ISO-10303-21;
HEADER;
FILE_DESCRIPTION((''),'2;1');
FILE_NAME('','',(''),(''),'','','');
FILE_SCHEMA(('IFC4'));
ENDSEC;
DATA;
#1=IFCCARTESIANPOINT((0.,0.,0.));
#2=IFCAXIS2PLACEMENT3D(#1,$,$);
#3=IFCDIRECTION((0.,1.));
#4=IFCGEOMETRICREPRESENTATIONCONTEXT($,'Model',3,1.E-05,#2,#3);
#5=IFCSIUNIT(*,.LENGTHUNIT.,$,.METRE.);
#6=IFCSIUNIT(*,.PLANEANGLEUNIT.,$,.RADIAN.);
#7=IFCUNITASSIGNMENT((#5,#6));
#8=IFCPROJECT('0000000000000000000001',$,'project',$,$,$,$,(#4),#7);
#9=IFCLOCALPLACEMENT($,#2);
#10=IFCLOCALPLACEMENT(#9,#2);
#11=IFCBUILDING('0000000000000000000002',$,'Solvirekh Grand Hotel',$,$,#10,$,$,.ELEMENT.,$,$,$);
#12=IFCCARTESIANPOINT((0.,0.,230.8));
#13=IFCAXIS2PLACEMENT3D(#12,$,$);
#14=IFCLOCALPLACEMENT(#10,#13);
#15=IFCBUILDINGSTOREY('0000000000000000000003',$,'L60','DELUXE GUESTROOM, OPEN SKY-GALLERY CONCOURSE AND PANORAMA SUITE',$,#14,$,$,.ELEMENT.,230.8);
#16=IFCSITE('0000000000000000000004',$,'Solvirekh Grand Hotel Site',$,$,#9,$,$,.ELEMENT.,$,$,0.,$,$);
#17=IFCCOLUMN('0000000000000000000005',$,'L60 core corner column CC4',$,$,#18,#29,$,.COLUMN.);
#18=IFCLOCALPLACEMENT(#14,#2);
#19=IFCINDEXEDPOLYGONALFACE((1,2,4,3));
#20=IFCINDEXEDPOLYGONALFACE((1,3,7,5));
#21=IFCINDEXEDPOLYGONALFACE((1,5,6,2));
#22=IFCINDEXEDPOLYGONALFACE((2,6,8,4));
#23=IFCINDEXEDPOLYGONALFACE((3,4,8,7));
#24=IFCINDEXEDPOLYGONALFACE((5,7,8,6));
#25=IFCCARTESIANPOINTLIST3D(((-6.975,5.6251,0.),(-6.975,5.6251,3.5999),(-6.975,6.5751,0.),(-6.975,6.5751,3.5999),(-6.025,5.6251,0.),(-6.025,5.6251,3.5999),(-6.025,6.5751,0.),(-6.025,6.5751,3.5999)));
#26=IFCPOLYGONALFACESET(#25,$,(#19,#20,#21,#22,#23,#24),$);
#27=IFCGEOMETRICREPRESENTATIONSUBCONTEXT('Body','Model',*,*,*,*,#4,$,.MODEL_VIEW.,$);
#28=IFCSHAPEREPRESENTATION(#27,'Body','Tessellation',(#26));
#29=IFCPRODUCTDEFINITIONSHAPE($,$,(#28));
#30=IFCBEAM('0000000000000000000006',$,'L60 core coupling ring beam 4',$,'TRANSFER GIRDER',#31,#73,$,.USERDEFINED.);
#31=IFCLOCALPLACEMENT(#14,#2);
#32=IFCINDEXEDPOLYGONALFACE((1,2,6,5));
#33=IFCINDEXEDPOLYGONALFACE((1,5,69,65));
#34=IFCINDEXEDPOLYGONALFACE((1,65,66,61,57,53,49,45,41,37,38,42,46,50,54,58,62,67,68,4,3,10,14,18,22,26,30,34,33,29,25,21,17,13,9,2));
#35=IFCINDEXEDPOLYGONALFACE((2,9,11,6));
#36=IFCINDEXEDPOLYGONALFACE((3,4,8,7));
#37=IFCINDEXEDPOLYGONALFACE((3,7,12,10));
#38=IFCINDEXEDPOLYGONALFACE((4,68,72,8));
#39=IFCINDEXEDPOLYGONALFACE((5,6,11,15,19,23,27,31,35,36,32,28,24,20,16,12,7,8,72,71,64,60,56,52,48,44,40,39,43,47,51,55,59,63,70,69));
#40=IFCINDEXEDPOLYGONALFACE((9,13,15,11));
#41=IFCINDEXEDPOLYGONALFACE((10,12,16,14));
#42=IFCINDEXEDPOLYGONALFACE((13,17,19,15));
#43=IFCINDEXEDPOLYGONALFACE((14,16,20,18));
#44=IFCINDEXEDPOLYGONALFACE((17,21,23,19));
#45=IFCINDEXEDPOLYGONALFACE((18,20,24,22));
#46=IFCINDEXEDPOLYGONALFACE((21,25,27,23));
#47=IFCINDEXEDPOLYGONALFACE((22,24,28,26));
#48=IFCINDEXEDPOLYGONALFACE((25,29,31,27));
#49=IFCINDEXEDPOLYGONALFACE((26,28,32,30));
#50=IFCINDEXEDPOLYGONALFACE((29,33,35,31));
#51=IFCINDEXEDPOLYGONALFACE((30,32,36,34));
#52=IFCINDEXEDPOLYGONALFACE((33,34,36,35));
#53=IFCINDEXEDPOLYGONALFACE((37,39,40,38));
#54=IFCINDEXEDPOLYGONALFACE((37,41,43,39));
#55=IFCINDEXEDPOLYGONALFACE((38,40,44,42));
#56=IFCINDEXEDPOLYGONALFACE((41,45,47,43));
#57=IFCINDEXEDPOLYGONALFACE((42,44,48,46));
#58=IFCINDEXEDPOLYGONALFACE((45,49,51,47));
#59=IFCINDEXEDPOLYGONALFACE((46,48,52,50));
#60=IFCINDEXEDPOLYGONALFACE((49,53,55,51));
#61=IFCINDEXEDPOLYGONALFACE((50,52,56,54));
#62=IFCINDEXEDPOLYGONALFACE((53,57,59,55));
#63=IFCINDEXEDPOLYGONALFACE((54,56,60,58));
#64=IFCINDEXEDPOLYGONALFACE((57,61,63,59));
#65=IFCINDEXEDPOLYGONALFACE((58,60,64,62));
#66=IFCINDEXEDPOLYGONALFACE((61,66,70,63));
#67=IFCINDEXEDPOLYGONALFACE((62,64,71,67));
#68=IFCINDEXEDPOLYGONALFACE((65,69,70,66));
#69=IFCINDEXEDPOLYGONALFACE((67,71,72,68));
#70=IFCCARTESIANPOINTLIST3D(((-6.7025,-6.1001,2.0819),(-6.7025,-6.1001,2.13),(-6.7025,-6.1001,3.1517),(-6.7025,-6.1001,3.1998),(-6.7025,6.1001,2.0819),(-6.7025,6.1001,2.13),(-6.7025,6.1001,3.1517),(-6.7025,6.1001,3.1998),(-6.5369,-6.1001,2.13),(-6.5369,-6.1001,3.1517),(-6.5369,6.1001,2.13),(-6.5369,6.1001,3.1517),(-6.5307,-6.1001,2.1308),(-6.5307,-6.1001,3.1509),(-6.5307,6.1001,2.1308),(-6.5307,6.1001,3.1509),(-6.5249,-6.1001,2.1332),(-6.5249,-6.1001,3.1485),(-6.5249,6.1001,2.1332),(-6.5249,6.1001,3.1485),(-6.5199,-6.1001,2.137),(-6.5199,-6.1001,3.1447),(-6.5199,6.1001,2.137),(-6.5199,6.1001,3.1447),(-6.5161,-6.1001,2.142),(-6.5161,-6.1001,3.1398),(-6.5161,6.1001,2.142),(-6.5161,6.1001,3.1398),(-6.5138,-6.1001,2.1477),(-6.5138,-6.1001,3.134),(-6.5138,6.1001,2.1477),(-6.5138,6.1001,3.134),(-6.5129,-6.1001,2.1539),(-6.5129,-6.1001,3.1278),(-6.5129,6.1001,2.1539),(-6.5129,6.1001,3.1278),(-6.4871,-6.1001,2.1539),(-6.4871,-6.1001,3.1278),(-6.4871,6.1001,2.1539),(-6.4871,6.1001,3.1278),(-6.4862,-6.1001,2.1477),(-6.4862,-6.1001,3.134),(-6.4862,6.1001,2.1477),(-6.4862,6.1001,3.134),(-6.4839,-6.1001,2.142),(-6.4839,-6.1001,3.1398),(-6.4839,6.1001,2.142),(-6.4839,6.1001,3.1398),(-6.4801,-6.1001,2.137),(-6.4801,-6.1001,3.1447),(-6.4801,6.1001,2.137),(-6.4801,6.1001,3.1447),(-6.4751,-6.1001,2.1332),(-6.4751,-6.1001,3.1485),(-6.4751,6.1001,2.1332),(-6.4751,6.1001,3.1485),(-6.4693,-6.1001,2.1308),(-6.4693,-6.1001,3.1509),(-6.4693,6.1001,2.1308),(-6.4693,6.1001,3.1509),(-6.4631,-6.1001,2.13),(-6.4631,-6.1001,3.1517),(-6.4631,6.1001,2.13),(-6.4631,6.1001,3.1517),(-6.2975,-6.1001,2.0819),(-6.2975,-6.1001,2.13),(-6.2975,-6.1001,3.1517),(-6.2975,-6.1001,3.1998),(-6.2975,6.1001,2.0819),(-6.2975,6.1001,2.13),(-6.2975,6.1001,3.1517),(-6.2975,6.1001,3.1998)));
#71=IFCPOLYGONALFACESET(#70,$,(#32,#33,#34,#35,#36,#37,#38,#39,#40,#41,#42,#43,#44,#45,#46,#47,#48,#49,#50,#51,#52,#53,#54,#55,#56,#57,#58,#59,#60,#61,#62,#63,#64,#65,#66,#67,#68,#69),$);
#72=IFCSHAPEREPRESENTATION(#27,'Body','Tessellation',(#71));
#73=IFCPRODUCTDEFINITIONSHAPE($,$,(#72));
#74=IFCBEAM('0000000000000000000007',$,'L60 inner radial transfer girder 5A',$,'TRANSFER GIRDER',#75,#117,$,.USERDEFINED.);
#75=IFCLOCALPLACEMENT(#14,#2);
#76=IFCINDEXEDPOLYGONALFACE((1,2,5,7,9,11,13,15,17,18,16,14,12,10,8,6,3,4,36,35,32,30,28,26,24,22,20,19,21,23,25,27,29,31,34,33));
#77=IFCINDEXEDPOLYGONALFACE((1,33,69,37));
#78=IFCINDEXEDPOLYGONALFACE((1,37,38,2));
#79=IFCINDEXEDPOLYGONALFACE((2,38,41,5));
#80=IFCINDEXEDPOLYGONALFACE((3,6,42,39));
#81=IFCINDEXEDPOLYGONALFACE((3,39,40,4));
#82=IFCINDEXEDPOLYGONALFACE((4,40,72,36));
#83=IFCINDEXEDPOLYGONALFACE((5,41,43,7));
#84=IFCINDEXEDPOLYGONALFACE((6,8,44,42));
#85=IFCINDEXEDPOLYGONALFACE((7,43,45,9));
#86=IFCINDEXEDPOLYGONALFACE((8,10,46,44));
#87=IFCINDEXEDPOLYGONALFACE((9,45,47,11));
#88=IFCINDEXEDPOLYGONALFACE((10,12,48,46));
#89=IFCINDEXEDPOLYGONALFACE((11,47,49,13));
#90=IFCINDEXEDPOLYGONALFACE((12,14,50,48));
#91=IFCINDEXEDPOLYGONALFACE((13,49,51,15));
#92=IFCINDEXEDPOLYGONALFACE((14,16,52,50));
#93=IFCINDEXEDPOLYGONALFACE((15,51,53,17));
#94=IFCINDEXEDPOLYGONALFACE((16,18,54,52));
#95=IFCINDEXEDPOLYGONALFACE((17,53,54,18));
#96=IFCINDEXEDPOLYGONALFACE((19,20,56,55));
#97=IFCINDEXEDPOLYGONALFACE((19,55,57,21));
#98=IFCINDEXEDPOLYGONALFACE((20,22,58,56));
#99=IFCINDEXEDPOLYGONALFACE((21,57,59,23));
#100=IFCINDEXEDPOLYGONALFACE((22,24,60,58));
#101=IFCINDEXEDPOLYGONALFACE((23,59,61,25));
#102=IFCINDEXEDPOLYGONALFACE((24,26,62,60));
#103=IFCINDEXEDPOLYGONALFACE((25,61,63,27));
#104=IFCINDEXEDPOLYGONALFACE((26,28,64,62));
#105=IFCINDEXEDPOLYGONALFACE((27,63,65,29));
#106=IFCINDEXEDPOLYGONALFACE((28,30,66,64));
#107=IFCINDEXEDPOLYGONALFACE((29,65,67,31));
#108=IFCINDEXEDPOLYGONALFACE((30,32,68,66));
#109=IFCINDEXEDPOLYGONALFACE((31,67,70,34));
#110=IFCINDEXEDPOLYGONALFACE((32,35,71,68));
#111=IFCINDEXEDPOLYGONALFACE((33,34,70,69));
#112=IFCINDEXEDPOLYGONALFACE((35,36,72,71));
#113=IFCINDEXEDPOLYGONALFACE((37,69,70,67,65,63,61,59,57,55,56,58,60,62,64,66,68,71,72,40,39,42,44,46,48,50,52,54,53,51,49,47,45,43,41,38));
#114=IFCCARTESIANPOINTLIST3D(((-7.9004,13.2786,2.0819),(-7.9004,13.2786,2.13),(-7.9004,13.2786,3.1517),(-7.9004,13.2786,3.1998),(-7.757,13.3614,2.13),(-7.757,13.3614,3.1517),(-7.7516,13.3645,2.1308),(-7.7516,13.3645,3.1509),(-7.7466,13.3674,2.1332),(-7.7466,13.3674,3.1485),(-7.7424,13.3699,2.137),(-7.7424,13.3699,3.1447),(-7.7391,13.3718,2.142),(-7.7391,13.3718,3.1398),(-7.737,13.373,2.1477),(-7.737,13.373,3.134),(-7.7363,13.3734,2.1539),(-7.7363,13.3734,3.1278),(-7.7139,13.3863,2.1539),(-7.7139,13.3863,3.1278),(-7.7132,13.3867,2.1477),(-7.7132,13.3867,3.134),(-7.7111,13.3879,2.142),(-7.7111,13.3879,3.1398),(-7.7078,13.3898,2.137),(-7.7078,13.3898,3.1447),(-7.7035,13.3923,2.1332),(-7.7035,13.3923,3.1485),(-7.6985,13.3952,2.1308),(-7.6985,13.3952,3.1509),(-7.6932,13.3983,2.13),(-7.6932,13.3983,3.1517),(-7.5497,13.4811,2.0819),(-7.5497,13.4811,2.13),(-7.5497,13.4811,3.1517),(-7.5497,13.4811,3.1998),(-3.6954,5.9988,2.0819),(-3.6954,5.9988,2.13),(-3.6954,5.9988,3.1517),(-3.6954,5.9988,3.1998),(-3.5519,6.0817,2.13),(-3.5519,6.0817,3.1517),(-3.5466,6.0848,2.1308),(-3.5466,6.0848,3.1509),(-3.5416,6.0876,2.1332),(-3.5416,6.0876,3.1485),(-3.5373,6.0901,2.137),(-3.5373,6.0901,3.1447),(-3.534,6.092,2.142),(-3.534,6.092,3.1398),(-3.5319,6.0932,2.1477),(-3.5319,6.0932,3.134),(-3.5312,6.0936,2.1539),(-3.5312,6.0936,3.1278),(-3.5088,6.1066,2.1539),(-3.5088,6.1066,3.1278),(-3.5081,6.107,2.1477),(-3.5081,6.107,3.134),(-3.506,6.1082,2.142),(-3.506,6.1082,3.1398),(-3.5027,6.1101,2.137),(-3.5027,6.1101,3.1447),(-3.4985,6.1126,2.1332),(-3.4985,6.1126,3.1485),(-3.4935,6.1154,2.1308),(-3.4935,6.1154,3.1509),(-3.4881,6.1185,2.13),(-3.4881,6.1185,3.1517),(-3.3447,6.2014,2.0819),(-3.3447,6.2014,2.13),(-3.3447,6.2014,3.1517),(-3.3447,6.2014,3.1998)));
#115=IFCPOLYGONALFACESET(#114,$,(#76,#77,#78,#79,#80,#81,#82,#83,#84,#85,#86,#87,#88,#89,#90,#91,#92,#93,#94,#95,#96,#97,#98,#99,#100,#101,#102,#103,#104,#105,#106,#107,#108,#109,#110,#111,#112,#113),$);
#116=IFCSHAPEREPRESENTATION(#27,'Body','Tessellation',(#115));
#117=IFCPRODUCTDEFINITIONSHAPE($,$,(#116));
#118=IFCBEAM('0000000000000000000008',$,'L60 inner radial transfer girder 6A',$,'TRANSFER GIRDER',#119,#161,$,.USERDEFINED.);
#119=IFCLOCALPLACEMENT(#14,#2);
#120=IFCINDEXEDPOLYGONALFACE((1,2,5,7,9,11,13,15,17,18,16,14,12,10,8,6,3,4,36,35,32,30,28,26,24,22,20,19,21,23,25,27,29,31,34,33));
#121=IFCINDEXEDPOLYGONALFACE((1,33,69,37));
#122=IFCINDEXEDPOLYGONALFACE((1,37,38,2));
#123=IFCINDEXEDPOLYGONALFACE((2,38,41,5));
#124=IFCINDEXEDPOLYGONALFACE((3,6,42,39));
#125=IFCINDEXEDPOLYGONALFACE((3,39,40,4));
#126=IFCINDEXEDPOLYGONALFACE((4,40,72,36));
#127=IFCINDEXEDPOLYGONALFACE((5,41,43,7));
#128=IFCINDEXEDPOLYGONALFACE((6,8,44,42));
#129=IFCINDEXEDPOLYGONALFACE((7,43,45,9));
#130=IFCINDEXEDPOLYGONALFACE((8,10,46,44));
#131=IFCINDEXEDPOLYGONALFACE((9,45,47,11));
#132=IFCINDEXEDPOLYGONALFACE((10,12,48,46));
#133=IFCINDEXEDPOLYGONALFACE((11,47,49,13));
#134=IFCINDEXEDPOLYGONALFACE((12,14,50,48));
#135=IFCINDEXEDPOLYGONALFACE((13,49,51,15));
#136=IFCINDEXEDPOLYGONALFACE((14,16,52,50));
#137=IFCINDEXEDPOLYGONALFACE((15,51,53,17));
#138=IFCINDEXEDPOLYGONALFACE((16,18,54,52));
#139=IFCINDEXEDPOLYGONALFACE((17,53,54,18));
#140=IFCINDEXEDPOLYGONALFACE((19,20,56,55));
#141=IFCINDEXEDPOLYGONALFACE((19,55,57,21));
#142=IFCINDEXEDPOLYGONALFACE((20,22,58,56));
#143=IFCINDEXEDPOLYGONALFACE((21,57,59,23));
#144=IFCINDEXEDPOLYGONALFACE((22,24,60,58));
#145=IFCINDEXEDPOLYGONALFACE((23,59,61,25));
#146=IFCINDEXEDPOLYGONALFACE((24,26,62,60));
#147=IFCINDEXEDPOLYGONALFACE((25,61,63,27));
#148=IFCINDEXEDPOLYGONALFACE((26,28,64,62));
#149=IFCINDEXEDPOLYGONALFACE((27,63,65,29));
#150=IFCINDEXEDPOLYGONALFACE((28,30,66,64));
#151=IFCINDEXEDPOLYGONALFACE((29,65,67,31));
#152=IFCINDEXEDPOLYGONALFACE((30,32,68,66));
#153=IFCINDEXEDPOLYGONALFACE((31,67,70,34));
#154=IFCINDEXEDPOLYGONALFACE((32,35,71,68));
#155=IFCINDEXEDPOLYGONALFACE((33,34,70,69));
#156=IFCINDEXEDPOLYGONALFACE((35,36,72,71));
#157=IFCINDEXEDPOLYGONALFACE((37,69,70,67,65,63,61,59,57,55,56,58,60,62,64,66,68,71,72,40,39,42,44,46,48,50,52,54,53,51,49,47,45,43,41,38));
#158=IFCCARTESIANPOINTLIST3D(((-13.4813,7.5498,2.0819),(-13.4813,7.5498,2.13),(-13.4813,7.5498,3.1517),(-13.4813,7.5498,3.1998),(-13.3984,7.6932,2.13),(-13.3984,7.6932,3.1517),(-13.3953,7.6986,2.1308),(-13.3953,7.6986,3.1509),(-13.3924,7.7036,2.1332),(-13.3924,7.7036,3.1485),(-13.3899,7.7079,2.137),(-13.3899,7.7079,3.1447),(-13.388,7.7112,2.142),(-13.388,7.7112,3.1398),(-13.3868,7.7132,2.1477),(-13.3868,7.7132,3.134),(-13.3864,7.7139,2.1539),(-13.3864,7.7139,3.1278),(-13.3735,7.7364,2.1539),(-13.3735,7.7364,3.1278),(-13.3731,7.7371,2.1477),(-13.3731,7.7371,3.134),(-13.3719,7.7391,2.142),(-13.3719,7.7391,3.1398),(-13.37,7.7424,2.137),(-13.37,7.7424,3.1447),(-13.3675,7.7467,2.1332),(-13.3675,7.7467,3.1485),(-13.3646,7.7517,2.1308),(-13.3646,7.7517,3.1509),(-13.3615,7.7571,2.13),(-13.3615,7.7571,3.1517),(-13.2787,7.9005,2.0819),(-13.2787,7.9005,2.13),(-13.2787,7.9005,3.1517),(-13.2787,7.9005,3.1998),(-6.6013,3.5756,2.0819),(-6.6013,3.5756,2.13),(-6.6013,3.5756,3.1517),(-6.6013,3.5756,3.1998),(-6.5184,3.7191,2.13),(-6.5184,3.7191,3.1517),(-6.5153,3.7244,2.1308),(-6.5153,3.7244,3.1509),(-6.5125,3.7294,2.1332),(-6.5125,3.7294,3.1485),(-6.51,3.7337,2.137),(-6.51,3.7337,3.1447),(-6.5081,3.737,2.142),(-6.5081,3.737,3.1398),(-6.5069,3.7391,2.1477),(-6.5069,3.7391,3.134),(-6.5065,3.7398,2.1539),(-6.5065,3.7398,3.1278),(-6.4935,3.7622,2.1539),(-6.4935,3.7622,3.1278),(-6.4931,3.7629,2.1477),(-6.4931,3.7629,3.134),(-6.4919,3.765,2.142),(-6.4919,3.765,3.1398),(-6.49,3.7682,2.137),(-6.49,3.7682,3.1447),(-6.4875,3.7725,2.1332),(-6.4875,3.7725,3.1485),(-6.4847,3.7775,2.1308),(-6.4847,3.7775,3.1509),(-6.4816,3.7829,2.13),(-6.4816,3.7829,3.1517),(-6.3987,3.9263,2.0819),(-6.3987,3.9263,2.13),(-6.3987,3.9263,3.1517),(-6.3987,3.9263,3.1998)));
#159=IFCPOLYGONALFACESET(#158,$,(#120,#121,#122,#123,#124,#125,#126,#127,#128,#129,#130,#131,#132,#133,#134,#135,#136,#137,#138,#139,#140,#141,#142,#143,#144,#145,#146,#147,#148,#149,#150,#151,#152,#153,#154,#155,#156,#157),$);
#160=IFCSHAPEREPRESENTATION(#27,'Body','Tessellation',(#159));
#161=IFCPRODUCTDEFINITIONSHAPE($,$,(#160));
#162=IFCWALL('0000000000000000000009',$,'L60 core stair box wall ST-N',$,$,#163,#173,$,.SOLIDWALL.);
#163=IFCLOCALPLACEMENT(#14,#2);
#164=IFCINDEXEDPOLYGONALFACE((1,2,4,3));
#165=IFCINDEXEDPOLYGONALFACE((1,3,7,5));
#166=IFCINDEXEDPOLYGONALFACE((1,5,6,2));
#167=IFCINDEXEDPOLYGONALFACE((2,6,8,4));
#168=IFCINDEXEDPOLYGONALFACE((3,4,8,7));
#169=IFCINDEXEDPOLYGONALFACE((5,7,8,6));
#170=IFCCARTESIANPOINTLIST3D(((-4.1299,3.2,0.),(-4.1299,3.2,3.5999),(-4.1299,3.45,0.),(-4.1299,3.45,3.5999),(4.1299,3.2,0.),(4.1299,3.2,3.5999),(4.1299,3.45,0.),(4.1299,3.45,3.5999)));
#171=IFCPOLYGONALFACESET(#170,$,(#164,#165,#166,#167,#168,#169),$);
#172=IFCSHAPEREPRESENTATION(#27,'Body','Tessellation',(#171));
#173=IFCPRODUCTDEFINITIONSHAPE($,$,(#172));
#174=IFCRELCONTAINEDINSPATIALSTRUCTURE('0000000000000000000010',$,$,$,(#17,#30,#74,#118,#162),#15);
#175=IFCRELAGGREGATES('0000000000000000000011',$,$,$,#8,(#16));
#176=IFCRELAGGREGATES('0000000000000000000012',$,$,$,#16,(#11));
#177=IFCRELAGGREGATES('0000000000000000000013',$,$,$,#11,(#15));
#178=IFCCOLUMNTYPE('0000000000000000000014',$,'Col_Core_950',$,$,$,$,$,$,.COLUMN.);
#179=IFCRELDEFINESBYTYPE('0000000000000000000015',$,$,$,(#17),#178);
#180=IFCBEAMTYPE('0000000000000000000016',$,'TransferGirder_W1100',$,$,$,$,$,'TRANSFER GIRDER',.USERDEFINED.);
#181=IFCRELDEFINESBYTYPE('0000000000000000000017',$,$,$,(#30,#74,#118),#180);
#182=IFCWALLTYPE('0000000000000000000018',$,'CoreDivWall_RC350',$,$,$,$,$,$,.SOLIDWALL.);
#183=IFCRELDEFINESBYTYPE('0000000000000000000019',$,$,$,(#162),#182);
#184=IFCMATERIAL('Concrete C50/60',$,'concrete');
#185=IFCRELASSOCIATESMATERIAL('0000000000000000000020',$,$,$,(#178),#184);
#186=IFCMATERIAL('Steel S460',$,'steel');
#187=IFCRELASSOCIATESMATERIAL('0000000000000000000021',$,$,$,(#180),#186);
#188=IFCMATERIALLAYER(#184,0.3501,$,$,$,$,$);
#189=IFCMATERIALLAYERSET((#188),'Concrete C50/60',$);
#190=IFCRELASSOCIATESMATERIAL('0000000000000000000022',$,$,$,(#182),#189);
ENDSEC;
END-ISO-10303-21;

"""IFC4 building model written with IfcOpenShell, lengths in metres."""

from ifc_helpers import new_model, si_unit, direction, frame, frame_2d, origin, origin_2d, place, context, subcontext, project, spatial, rectangle, i_section, extrude, material, layer, layer_set, material_profile, profile_set, type_object, element, save


model = new_model("IFC4")

# Units and contexts
model_context = context("Model", 3, precision=1e-05, world=origin(), true_north=direction((0.0, 1.0)))
body_context = subcontext(model_context, "Body", "Model", "MODEL_VIEW")
ifc_project = project(units=[si_unit("LENGTHUNIT", "METRE"), si_unit("PLANEANGLEUNIT", "RADIAN")], contexts=[model_context])

# Site, building, storey
site_placement = place(None, origin())
site = spatial("IfcSite", under=ifc_project, at=site_placement, Name="Solvirekh Grand Hotel Site", CompositionType="ELEMENT", RefElevation=0.0)
building_placement = place(site_placement, origin())
building = spatial("IfcBuilding", under=site, at=building_placement, Name="Solvirekh Grand Hotel", CompositionType="ELEMENT")
storey_placement = place(building_placement, frame((0.0, 0.0, 230.8)))
storey = spatial("IfcBuildingStorey", under=building, at=storey_placement, Name="L60", Description="DELUXE GUESTROOM, OPEN SKY-GALLERY CONCOURSE AND PANORAMA SUITE", CompositionType="ELEMENT", Elevation=230.8)

# Column
ifc_material_1 = material(Name="Concrete C50/60", Category="concrete")
ifc_material_profile_1 = material_profile(ifc_material_1, rectangle(XDim=0.95, YDim=0.95, at=origin_2d()), Name="RC 950X950")
ifc_profile_set_1 = profile_set([ifc_material_profile_1], Name="Concrete C50/60")
column_type = type_object("IfcColumnType", Name="Col_Core_950", PredefinedType="COLUMN", material=ifc_profile_set_1)
column_placement = place(storey_placement, frame((-6.5, 6.1001, 0.0), z_axis=(0.0, 0.0, 1.0), x_axis=(1.0, 0.0, 0.0)))
element("IfcColumn", 1, at=column_placement, inside=storey, type_object=column_type, Name="L60 core corner column CC4", PredefinedType="COLUMN", context=body_context, shape_type="SweptSolid", body=[
    extrude(rectangle(XDim=0.95, YDim=0.95, at=origin_2d()), origin(), (0.0, 0.0, 1.0), 3.5999),
])

# Beams
ifc_material_2 = material(Name="Steel S460", Category="steel")
ifc_material_profile_2 = material_profile(ifc_material_2, i_section(OverallWidth=0.405, OverallDepth=1.1179, WebThickness=0.0259, FlangeThickness=0.0481, FilletRadius=0.0239, at=origin_2d()), Name="W1100X499")
ifc_profile_set_2 = profile_set([ifc_material_profile_2], Name="Steel S460")
beam_type = type_object("IfcBeamType", Name="TransferGirder_W1100", ElementType="TRANSFER GIRDER", PredefinedType="USERDEFINED", material=ifc_profile_set_2)
beam_1_placement = place(storey_placement, frame((-6.5, 6.1001, 2.6409), z_axis=(0.0, -1.0, 0.0), x_axis=(1.0, 0.0, 0.0)))
element("IfcBeam", 2, at=beam_1_placement, inside=storey, type_object=beam_type, Name="L60 core coupling ring beam 4", ObjectType="TRANSFER GIRDER", PredefinedType="USERDEFINED", context=body_context, shape_type="SweptSolid", body=[
    extrude(i_section(OverallWidth=0.405, OverallDepth=1.1179, WebThickness=0.0259, FlangeThickness=0.0481, FilletRadius=0.0239, at=origin_2d()), origin(), (0.0, 0.0, 1.0), 12.2002),
])
beam_2_placement = place(storey_placement, frame((-3.52, 6.1001, 2.6409), z_axis=(-0.500187, 0.865918, 0.0), x_axis=(-0.865918, -0.500187, 0.0)))
element("IfcBeam", 3, at=beam_2_placement, inside=storey, type_object=beam_type, Name="L60 inner radial transfer girder 5A", ObjectType="TRANSFER GIRDER", PredefinedType="USERDEFINED", context=body_context, shape_type="SweptSolid", body=[
    extrude(i_section(OverallWidth=0.405, OverallDepth=1.1179, WebThickness=0.0259, FlangeThickness=0.0481, FilletRadius=0.0239, at=origin_2d()), origin(), (0.0, 0.0, 1.0), 8.407),
])
beam_3_placement = place(storey_placement, frame((-6.5, 3.751, 2.6409), z_axis=(-0.865915, 0.500191, 0.0), x_axis=(-0.500191, -0.865915, 0.0)))
element("IfcBeam", 4, at=beam_3_placement, inside=storey, type_object=beam_type, Name="L60 inner radial transfer girder 6A", ObjectType="TRANSFER GIRDER", PredefinedType="USERDEFINED", context=body_context, shape_type="SweptSolid", body=[
    extrude(i_section(OverallWidth=0.405, OverallDepth=1.1179, WebThickness=0.0259, FlangeThickness=0.0481, FilletRadius=0.0239, at=origin_2d()), origin(), (0.0, 0.0, 1.0), 7.9453),
])

# Wall
ifc_layer_1 = layer(ifc_material_1, 0.3501)
ifc_layer_set_1 = layer_set([ifc_layer_1], Name="Concrete C50/60")
wall_type_1 = type_object("IfcWallType", Name="CoreDivWall_RC350", PredefinedType="SOLIDWALL", material=ifc_layer_set_1)
wall_1_placement = place(storey_placement, frame((-4.1299, 3.325, 0.0), z_axis=(0.0, 0.0, 1.0), x_axis=(1.0, 0.0, 0.0)))
element("IfcWall", 5, at=wall_1_placement, inside=storey, type_object=wall_type_1, Name="L60 core stair box wall ST-N", PredefinedType="SOLIDWALL", context=body_context, shape_type="SweptSolid", body=[
    extrude(rectangle(XDim=8.2598, YDim=0.25, at=frame_2d((4.1299, 0.0))), origin(), (0.0, 0.0, 1.0), 3.5999),
])

save(model, "model.ifc")
